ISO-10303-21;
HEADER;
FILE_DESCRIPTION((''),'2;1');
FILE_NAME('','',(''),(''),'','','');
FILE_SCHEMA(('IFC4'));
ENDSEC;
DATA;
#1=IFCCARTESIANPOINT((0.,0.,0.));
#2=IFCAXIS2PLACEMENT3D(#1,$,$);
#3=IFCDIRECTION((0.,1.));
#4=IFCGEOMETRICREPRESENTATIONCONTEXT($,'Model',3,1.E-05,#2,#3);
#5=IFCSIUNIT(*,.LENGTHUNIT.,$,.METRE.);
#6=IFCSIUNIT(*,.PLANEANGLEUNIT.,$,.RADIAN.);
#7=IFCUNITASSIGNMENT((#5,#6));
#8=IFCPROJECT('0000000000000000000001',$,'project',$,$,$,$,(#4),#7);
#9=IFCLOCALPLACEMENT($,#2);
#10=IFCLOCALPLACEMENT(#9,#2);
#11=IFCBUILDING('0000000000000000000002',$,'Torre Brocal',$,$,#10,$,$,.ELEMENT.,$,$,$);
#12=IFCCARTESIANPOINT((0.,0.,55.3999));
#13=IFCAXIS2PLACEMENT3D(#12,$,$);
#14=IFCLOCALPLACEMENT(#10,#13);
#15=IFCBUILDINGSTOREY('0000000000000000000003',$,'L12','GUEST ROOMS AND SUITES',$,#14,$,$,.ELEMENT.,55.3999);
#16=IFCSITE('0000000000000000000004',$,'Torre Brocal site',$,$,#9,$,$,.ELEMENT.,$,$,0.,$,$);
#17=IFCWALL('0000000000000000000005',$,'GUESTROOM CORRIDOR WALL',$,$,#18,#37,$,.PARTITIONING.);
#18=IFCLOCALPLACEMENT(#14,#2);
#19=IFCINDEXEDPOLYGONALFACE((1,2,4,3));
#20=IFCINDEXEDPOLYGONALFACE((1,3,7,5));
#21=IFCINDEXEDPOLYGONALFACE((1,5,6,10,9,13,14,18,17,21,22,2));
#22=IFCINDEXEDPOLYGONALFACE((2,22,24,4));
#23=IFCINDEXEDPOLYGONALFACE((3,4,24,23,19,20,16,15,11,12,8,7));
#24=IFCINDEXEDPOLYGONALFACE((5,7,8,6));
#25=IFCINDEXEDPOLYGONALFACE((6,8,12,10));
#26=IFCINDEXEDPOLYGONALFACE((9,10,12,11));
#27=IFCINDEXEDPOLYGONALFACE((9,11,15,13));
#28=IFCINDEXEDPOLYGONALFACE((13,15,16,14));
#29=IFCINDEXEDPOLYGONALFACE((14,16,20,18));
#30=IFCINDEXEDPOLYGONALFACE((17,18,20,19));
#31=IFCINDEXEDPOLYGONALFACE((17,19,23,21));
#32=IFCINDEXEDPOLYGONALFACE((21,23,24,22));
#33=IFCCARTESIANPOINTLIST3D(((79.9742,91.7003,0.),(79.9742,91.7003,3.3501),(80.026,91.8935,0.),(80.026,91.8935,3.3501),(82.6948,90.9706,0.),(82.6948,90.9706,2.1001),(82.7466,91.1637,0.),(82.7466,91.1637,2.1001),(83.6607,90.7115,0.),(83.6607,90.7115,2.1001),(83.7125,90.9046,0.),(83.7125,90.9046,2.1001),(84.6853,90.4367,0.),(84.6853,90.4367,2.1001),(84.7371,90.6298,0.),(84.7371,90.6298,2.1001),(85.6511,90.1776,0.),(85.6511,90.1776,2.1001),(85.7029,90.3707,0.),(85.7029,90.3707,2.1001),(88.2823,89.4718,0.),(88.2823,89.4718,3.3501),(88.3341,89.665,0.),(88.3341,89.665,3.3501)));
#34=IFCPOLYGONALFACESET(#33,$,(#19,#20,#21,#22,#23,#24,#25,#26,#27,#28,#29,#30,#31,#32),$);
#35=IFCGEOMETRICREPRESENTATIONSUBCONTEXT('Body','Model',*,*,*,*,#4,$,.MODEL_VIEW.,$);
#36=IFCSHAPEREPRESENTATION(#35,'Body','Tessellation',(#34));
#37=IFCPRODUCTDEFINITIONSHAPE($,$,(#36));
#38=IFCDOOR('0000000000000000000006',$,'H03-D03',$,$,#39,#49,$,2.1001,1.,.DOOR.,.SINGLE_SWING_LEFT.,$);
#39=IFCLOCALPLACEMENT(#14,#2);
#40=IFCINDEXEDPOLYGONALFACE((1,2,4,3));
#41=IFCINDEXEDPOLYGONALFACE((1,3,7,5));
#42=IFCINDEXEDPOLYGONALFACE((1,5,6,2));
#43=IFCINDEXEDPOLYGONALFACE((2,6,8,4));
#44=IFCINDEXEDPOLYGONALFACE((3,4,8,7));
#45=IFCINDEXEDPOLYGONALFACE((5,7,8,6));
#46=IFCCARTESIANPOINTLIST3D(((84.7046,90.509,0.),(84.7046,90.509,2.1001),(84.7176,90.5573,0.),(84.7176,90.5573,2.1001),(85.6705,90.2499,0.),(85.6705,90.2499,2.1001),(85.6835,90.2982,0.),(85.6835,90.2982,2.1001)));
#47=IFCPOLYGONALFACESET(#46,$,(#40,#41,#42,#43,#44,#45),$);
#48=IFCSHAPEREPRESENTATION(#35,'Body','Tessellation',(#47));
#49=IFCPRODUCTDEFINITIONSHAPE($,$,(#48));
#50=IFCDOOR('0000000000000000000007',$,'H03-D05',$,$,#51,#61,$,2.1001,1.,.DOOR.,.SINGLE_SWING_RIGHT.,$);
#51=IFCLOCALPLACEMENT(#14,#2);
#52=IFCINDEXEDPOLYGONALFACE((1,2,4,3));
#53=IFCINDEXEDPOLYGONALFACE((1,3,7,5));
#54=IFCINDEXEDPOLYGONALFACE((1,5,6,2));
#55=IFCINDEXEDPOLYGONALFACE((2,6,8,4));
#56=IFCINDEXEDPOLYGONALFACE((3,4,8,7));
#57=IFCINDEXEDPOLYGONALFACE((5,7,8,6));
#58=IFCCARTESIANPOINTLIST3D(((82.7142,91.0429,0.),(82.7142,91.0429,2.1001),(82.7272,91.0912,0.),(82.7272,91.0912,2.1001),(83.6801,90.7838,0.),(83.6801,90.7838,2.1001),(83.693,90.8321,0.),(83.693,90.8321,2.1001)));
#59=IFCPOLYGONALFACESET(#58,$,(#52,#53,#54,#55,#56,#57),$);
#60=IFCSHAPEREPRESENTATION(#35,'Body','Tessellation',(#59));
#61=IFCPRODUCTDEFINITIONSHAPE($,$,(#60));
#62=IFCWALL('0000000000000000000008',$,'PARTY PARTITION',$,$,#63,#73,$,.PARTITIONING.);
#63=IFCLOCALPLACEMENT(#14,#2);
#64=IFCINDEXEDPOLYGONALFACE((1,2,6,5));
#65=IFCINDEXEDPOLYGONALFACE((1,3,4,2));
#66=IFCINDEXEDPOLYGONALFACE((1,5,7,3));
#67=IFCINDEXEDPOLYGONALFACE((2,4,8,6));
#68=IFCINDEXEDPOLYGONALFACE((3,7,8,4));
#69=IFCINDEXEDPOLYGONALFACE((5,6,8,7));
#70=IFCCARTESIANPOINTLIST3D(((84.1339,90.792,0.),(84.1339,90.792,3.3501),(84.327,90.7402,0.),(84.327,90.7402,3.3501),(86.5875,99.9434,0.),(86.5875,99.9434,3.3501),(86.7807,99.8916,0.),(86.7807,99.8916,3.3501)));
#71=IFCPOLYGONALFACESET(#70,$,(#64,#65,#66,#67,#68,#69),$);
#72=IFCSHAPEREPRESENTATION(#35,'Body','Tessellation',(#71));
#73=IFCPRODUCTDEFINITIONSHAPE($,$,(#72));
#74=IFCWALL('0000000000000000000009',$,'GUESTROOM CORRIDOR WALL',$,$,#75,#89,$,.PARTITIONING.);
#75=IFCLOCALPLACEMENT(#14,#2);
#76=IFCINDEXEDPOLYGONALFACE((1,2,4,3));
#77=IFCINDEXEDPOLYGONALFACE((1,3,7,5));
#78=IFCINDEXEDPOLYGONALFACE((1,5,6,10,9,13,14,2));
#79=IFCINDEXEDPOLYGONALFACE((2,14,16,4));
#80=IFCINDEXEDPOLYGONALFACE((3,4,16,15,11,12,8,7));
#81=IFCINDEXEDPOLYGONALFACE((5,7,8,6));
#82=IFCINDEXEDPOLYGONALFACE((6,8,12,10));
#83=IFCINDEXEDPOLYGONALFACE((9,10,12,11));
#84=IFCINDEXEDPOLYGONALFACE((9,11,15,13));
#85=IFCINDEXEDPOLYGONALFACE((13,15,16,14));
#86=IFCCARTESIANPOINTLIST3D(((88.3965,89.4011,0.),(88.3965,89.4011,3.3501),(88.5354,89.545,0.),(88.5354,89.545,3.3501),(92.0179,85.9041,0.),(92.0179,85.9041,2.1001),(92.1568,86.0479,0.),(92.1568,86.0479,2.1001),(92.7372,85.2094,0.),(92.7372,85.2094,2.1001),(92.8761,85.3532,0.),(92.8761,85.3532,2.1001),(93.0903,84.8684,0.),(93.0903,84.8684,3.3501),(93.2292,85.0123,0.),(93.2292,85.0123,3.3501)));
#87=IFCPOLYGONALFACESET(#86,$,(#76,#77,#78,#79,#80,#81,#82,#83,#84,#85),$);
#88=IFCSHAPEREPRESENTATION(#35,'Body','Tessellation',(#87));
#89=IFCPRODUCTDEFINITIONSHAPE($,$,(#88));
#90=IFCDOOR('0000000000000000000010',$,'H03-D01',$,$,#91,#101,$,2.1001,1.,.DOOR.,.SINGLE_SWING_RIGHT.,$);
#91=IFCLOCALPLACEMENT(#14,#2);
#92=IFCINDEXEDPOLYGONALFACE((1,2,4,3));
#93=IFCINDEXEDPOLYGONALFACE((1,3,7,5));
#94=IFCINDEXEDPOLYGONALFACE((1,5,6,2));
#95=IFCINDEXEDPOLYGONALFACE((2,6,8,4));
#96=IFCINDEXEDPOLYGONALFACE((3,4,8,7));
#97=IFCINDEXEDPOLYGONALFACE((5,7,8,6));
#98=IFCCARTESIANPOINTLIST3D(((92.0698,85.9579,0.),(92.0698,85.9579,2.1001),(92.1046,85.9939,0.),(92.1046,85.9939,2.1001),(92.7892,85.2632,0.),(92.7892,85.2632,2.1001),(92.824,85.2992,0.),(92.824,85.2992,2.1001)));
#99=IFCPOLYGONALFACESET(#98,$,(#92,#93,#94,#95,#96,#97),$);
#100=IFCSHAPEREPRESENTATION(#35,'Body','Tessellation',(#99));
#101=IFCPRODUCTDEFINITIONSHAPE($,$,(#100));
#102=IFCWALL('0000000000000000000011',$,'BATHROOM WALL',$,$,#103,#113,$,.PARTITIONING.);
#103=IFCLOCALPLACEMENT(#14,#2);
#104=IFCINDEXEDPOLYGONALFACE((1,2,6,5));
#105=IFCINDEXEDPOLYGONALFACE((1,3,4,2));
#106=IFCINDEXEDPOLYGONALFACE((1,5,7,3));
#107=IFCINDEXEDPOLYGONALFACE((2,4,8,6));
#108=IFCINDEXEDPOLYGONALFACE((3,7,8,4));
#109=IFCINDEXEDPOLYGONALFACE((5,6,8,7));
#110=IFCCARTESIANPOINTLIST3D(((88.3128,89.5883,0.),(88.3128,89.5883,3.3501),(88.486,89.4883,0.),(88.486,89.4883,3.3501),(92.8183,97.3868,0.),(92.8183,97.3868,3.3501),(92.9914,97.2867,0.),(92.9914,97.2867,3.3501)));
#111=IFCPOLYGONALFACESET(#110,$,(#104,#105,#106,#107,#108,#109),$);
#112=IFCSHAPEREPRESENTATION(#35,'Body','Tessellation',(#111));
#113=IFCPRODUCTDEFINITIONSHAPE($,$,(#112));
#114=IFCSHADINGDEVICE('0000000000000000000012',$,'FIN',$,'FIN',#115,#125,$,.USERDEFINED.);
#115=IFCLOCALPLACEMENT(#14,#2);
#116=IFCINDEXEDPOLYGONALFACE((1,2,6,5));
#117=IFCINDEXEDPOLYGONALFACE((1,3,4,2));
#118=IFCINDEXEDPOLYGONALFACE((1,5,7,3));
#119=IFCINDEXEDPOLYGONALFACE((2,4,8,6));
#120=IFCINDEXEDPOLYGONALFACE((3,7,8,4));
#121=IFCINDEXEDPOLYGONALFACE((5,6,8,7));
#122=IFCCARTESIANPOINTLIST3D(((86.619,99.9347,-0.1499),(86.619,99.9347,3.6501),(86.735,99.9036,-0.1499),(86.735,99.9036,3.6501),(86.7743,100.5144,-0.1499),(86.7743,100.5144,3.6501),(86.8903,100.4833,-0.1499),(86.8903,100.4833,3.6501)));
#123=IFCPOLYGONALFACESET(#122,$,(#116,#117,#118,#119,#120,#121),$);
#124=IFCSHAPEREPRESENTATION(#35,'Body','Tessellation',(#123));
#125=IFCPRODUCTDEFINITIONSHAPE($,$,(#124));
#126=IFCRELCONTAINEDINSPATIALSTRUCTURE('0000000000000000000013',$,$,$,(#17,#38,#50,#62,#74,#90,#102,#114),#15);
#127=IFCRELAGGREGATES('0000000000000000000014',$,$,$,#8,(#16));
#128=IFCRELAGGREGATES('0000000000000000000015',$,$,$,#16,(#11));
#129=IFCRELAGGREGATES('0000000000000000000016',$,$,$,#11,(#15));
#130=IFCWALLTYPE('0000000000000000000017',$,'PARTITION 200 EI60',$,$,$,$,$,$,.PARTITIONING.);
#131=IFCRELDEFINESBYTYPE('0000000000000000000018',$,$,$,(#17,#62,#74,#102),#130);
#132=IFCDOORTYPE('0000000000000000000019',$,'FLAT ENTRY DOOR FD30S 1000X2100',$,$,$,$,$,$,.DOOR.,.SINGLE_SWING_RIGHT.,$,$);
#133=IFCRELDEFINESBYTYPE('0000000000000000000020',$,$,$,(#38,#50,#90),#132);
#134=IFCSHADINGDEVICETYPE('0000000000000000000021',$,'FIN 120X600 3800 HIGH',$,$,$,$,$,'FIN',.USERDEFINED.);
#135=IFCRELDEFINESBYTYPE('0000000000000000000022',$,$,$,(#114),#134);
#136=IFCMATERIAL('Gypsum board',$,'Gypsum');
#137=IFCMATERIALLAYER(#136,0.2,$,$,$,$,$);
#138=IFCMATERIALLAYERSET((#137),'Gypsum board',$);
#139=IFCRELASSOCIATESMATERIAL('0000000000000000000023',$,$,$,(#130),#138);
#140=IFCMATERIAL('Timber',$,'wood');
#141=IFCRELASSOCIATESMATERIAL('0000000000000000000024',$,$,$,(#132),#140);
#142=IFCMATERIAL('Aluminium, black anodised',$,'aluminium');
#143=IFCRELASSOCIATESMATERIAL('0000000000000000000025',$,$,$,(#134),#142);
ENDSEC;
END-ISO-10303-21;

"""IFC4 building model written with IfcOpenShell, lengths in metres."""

from ifc_helpers import new_model, si_unit, direction, frame, frame_2d, origin, origin_2d, place, context, subcontext, project, spatial, rectangle, extrude, material, layer, layer_set, material_profile, profile_set, type_object, element, fill, save


model = new_model("IFC4")

# Units and contexts
model_context = context("Model", 3, precision=1e-05, world=origin(), true_north=direction((0.0, 1.0)))
body_context = subcontext(model_context, "Body", "Model", "MODEL_VIEW")
ifc_project = project(units=[si_unit("LENGTHUNIT", "METRE"), si_unit("PLANEANGLEUNIT", "RADIAN")], contexts=[model_context])

# Site, building, storey
site_placement = place(None, origin())
site = spatial("IfcSite", under=ifc_project, at=site_placement, Name="Torre Brocal site", CompositionType="ELEMENT", RefElevation=0.0)
building_placement = place(site_placement, origin())
building = spatial("IfcBuilding", under=site, at=building_placement, Name="Torre Brocal", CompositionType="ELEMENT")
storey_placement = place(building_placement, frame((0.0, 0.0, 55.3999)))
storey = spatial("IfcBuildingStorey", under=building, at=storey_placement, Name="L12", Description="GUEST ROOMS AND SUITES", CompositionType="ELEMENT", Elevation=55.3999)

# Shared definitions
ifc_material_1 = material(Name="Gypsum board", Category="Gypsum")
ifc_layer_1 = layer(ifc_material_1, 0.2)
ifc_layer_set_1 = layer_set([ifc_layer_1], Name="Gypsum board")
wall_type_1 = type_object("IfcWallType", Name="PARTITION 200 EI60", PredefinedType="PARTITIONING", material=ifc_layer_set_1)
ifc_material_2 = material(Name="Timber", Category="wood")
door_type_1 = type_object("IfcDoorType", Name="FLAT ENTRY DOOR FD30S 1000X2100", OperationType="SINGLE_SWING_RIGHT", PredefinedType="DOOR", material=ifc_material_2)

# Wall, openings, doors
wall_1_placement = place(storey_placement, frame((80.0002, 91.7969, 0.0), z_axis=(0.0, 0.0, 1.0), x_axis=(0.965857, -0.259076, 0.0)))
wall_1 = element("IfcWall", 1, at=wall_1_placement, inside=storey, type_object=wall_type_1, Name="GUESTROOM CORRIDOR WALL", PredefinedType="PARTITIONING", context=body_context, shape_type="SweptSolid", body=[
    extrude(rectangle(XDim=8.6018, YDim=0.2, at=frame_2d((4.3008, 0.0))), origin(), (0.0, 0.0, 1.0), 3.3501),
])
opening_1_placement = place(wall_1_placement, frame((4.8774, 0.0, 0.0)))
opening_1 = element("IfcOpeningElement", 2, at=opening_1_placement, cuts=wall_1, PredefinedType="OPENING", context=body_context, shape_type="SweptSolid", body=[
    extrude(rectangle(XDim=1.0, YDim=2.1001, at=frame_2d((0.5, 1.05))), frame((0.0, 0.1099, 0.0), z_axis=(0.0, -1.0, 0.0), x_axis=(1.0, 0.0, 0.0)), (0.0, 0.0, 1.0), 0.22),
])
opening_2_placement = place(wall_1_placement, frame((2.8167, 0.0, 0.0)))
opening_2 = element("IfcOpeningElement", 3, at=opening_2_placement, cuts=wall_1, PredefinedType="OPENING", context=body_context, shape_type="SweptSolid", body=[
    extrude(rectangle(XDim=1.0, YDim=2.1001, at=frame_2d((0.5, 1.05))), frame((0.0, 0.1099, 0.0), z_axis=(0.0, -1.0, 0.0), x_axis=(1.0, 0.0, 0.0)), (0.0, 0.0, 1.0), 0.22),
])
door_1_placement = place(opening_1_placement, origin())
door_1 = element("IfcDoor", 4, at=door_1_placement, inside=storey, type_object=door_type_1, Name="H03-D03", OperationType="SINGLE_SWING_LEFT", OverallHeight=2.1001, OverallWidth=1.0, PredefinedType="DOOR", context=body_context, shape_type="SweptSolid", body=[
    extrude(rectangle(XDim=1.0, YDim=2.1001, at=frame_2d((0.5, 1.05))), frame((0.0, 0.0249, 0.0), z_axis=(0.0, -1.0, 0.0), x_axis=(1.0, 0.0, 0.0)), (0.0, 0.0, 1.0), 0.05),
])
fill(opening_1, door_1)
door_2_placement = place(opening_2_placement, origin())
door_2 = element("IfcDoor", 5, at=door_2_placement, inside=storey, type_object=door_type_1, Name="H03-D05", OperationType="SINGLE_SWING_RIGHT", OverallHeight=2.1001, OverallWidth=1.0, PredefinedType="DOOR", context=body_context, shape_type="SweptSolid", body=[
    extrude(rectangle(XDim=1.0, YDim=2.1001, at=frame_2d((0.5, 1.05))), frame((0.0, 0.0249, 0.0), z_axis=(0.0, -1.0, 0.0), x_axis=(1.0, 0.0, 0.0)), (0.0, 0.0, 1.0), 0.05),
])
fill(opening_2, door_2)

# Wall
wall_2_placement = place(storey_placement, frame((84.2305, 90.7661, 0.0), z_axis=(0.0, 0.0, 1.0), x_axis=(0.258968, 0.965886, 0.0)))
element("IfcWall", 6, at=wall_2_placement, inside=storey, type_object=wall_type_1, Name="PARTY PARTITION", PredefinedType="PARTITIONING", context=body_context, shape_type="SweptSolid", body=[
    extrude(rectangle(XDim=9.4746, YDim=0.2, at=frame_2d((4.7373, 0.0))), origin(), (0.0, 0.0, 1.0), 3.3501),
])

# Wall, opening, door
wall_3_placement = place(storey_placement, frame((88.4658, 89.4731, 0.0), z_axis=(0.0, 0.0, 1.0), x_axis=(0.719346, -0.694652, 0.0)))
wall_3 = element("IfcWall", 7, at=wall_3_placement, inside=storey, type_object=wall_type_1, Name="GUESTROOM CORRIDOR WALL", PredefinedType="PARTITIONING", context=body_context, shape_type="SweptSolid", body=[
    extrude(rectangle(XDim=6.5251, YDim=0.2, at=frame_2d((3.2627, 0.0))), origin(), (0.0, 0.0, 1.0), 3.3501),
])
opening_3_placement = place(wall_3_placement, frame((5.0344, 0.0, 0.0)))
opening_3 = element("IfcOpeningElement", 8, at=opening_3_placement, cuts=wall_3, PredefinedType="OPENING", context=body_context, shape_type="SweptSolid", body=[
    extrude(rectangle(XDim=1.0, YDim=2.1001, at=frame_2d((0.5, 1.05))), frame((0.0, 0.1099, 0.0), z_axis=(0.0, -1.0, 0.0), x_axis=(1.0, 0.0, 0.0)), (0.0, 0.0, 1.0), 0.22),
])
door_3_placement = place(opening_3_placement, origin())
door_3 = element("IfcDoor", 9, at=door_3_placement, inside=storey, type_object=door_type_1, Name="H03-D01", OperationType="SINGLE_SWING_RIGHT", OverallHeight=2.1001, OverallWidth=1.0, PredefinedType="DOOR", context=body_context, shape_type="SweptSolid", body=[
    extrude(rectangle(XDim=1.0, YDim=2.1001, at=frame_2d((0.5, 1.05))), frame((0.0, 0.0249, 0.0), z_axis=(0.0, -1.0, 0.0), x_axis=(1.0, 0.0, 0.0)), (0.0, 0.0, 1.0), 0.05),
])
fill(opening_3, door_3)

# Wall
wall_4_placement = place(storey_placement, frame((88.3994, 89.5383, 0.0), z_axis=(0.0, 0.0, 1.0), x_axis=(0.50025, 0.865881, 0.0)))
element("IfcWall", 10, at=wall_4_placement, inside=storey, type_object=wall_type_1, Name="BATHROOM WALL", PredefinedType="PARTITIONING", context=body_context, shape_type="SweptSolid", body=[
    extrude(rectangle(XDim=9.0063, YDim=0.2, at=frame_2d((4.5032, 0.0))), origin(), (0.0, 0.0, 1.0), 3.3501),
])

# Shading device
ifc_material_3 = material(Name="Aluminium, black anodised", Category="aluminium")
ifc_material_profile_1 = material_profile(ifc_material_3, rectangle(XDim=0.1201, YDim=0.6001, at=origin_2d()), Name="FIN 120X600 3800 HIGH")
ifc_profile_set_1 = profile_set([ifc_material_profile_1], Name="Aluminium, black anodised")
shading_device_type = type_object("IfcShadingDeviceType", Name="FIN 120X600 3800 HIGH", ElementType="FIN", PredefinedType="USERDEFINED", material=ifc_profile_set_1)
shading_device_placement = place(storey_placement, frame((86.7546, 100.209, -0.1499), z_axis=(0.0, 0.0, 1.0), x_axis=(-0.965926, 0.258819, 0.0)))
element("IfcShadingDevice", 11, at=shading_device_placement, inside=storey, type_object=shading_device_type, Name="FIN", ObjectType="FIN", PredefinedType="USERDEFINED", context=body_context, shape_type="SweptSolid", body=[
    extrude(rectangle(XDim=0.1201, YDim=0.6001, at=origin_2d()), origin(), (0.0, 0.0, 1.0), 3.8),
])

save(model, "model.ifc")
